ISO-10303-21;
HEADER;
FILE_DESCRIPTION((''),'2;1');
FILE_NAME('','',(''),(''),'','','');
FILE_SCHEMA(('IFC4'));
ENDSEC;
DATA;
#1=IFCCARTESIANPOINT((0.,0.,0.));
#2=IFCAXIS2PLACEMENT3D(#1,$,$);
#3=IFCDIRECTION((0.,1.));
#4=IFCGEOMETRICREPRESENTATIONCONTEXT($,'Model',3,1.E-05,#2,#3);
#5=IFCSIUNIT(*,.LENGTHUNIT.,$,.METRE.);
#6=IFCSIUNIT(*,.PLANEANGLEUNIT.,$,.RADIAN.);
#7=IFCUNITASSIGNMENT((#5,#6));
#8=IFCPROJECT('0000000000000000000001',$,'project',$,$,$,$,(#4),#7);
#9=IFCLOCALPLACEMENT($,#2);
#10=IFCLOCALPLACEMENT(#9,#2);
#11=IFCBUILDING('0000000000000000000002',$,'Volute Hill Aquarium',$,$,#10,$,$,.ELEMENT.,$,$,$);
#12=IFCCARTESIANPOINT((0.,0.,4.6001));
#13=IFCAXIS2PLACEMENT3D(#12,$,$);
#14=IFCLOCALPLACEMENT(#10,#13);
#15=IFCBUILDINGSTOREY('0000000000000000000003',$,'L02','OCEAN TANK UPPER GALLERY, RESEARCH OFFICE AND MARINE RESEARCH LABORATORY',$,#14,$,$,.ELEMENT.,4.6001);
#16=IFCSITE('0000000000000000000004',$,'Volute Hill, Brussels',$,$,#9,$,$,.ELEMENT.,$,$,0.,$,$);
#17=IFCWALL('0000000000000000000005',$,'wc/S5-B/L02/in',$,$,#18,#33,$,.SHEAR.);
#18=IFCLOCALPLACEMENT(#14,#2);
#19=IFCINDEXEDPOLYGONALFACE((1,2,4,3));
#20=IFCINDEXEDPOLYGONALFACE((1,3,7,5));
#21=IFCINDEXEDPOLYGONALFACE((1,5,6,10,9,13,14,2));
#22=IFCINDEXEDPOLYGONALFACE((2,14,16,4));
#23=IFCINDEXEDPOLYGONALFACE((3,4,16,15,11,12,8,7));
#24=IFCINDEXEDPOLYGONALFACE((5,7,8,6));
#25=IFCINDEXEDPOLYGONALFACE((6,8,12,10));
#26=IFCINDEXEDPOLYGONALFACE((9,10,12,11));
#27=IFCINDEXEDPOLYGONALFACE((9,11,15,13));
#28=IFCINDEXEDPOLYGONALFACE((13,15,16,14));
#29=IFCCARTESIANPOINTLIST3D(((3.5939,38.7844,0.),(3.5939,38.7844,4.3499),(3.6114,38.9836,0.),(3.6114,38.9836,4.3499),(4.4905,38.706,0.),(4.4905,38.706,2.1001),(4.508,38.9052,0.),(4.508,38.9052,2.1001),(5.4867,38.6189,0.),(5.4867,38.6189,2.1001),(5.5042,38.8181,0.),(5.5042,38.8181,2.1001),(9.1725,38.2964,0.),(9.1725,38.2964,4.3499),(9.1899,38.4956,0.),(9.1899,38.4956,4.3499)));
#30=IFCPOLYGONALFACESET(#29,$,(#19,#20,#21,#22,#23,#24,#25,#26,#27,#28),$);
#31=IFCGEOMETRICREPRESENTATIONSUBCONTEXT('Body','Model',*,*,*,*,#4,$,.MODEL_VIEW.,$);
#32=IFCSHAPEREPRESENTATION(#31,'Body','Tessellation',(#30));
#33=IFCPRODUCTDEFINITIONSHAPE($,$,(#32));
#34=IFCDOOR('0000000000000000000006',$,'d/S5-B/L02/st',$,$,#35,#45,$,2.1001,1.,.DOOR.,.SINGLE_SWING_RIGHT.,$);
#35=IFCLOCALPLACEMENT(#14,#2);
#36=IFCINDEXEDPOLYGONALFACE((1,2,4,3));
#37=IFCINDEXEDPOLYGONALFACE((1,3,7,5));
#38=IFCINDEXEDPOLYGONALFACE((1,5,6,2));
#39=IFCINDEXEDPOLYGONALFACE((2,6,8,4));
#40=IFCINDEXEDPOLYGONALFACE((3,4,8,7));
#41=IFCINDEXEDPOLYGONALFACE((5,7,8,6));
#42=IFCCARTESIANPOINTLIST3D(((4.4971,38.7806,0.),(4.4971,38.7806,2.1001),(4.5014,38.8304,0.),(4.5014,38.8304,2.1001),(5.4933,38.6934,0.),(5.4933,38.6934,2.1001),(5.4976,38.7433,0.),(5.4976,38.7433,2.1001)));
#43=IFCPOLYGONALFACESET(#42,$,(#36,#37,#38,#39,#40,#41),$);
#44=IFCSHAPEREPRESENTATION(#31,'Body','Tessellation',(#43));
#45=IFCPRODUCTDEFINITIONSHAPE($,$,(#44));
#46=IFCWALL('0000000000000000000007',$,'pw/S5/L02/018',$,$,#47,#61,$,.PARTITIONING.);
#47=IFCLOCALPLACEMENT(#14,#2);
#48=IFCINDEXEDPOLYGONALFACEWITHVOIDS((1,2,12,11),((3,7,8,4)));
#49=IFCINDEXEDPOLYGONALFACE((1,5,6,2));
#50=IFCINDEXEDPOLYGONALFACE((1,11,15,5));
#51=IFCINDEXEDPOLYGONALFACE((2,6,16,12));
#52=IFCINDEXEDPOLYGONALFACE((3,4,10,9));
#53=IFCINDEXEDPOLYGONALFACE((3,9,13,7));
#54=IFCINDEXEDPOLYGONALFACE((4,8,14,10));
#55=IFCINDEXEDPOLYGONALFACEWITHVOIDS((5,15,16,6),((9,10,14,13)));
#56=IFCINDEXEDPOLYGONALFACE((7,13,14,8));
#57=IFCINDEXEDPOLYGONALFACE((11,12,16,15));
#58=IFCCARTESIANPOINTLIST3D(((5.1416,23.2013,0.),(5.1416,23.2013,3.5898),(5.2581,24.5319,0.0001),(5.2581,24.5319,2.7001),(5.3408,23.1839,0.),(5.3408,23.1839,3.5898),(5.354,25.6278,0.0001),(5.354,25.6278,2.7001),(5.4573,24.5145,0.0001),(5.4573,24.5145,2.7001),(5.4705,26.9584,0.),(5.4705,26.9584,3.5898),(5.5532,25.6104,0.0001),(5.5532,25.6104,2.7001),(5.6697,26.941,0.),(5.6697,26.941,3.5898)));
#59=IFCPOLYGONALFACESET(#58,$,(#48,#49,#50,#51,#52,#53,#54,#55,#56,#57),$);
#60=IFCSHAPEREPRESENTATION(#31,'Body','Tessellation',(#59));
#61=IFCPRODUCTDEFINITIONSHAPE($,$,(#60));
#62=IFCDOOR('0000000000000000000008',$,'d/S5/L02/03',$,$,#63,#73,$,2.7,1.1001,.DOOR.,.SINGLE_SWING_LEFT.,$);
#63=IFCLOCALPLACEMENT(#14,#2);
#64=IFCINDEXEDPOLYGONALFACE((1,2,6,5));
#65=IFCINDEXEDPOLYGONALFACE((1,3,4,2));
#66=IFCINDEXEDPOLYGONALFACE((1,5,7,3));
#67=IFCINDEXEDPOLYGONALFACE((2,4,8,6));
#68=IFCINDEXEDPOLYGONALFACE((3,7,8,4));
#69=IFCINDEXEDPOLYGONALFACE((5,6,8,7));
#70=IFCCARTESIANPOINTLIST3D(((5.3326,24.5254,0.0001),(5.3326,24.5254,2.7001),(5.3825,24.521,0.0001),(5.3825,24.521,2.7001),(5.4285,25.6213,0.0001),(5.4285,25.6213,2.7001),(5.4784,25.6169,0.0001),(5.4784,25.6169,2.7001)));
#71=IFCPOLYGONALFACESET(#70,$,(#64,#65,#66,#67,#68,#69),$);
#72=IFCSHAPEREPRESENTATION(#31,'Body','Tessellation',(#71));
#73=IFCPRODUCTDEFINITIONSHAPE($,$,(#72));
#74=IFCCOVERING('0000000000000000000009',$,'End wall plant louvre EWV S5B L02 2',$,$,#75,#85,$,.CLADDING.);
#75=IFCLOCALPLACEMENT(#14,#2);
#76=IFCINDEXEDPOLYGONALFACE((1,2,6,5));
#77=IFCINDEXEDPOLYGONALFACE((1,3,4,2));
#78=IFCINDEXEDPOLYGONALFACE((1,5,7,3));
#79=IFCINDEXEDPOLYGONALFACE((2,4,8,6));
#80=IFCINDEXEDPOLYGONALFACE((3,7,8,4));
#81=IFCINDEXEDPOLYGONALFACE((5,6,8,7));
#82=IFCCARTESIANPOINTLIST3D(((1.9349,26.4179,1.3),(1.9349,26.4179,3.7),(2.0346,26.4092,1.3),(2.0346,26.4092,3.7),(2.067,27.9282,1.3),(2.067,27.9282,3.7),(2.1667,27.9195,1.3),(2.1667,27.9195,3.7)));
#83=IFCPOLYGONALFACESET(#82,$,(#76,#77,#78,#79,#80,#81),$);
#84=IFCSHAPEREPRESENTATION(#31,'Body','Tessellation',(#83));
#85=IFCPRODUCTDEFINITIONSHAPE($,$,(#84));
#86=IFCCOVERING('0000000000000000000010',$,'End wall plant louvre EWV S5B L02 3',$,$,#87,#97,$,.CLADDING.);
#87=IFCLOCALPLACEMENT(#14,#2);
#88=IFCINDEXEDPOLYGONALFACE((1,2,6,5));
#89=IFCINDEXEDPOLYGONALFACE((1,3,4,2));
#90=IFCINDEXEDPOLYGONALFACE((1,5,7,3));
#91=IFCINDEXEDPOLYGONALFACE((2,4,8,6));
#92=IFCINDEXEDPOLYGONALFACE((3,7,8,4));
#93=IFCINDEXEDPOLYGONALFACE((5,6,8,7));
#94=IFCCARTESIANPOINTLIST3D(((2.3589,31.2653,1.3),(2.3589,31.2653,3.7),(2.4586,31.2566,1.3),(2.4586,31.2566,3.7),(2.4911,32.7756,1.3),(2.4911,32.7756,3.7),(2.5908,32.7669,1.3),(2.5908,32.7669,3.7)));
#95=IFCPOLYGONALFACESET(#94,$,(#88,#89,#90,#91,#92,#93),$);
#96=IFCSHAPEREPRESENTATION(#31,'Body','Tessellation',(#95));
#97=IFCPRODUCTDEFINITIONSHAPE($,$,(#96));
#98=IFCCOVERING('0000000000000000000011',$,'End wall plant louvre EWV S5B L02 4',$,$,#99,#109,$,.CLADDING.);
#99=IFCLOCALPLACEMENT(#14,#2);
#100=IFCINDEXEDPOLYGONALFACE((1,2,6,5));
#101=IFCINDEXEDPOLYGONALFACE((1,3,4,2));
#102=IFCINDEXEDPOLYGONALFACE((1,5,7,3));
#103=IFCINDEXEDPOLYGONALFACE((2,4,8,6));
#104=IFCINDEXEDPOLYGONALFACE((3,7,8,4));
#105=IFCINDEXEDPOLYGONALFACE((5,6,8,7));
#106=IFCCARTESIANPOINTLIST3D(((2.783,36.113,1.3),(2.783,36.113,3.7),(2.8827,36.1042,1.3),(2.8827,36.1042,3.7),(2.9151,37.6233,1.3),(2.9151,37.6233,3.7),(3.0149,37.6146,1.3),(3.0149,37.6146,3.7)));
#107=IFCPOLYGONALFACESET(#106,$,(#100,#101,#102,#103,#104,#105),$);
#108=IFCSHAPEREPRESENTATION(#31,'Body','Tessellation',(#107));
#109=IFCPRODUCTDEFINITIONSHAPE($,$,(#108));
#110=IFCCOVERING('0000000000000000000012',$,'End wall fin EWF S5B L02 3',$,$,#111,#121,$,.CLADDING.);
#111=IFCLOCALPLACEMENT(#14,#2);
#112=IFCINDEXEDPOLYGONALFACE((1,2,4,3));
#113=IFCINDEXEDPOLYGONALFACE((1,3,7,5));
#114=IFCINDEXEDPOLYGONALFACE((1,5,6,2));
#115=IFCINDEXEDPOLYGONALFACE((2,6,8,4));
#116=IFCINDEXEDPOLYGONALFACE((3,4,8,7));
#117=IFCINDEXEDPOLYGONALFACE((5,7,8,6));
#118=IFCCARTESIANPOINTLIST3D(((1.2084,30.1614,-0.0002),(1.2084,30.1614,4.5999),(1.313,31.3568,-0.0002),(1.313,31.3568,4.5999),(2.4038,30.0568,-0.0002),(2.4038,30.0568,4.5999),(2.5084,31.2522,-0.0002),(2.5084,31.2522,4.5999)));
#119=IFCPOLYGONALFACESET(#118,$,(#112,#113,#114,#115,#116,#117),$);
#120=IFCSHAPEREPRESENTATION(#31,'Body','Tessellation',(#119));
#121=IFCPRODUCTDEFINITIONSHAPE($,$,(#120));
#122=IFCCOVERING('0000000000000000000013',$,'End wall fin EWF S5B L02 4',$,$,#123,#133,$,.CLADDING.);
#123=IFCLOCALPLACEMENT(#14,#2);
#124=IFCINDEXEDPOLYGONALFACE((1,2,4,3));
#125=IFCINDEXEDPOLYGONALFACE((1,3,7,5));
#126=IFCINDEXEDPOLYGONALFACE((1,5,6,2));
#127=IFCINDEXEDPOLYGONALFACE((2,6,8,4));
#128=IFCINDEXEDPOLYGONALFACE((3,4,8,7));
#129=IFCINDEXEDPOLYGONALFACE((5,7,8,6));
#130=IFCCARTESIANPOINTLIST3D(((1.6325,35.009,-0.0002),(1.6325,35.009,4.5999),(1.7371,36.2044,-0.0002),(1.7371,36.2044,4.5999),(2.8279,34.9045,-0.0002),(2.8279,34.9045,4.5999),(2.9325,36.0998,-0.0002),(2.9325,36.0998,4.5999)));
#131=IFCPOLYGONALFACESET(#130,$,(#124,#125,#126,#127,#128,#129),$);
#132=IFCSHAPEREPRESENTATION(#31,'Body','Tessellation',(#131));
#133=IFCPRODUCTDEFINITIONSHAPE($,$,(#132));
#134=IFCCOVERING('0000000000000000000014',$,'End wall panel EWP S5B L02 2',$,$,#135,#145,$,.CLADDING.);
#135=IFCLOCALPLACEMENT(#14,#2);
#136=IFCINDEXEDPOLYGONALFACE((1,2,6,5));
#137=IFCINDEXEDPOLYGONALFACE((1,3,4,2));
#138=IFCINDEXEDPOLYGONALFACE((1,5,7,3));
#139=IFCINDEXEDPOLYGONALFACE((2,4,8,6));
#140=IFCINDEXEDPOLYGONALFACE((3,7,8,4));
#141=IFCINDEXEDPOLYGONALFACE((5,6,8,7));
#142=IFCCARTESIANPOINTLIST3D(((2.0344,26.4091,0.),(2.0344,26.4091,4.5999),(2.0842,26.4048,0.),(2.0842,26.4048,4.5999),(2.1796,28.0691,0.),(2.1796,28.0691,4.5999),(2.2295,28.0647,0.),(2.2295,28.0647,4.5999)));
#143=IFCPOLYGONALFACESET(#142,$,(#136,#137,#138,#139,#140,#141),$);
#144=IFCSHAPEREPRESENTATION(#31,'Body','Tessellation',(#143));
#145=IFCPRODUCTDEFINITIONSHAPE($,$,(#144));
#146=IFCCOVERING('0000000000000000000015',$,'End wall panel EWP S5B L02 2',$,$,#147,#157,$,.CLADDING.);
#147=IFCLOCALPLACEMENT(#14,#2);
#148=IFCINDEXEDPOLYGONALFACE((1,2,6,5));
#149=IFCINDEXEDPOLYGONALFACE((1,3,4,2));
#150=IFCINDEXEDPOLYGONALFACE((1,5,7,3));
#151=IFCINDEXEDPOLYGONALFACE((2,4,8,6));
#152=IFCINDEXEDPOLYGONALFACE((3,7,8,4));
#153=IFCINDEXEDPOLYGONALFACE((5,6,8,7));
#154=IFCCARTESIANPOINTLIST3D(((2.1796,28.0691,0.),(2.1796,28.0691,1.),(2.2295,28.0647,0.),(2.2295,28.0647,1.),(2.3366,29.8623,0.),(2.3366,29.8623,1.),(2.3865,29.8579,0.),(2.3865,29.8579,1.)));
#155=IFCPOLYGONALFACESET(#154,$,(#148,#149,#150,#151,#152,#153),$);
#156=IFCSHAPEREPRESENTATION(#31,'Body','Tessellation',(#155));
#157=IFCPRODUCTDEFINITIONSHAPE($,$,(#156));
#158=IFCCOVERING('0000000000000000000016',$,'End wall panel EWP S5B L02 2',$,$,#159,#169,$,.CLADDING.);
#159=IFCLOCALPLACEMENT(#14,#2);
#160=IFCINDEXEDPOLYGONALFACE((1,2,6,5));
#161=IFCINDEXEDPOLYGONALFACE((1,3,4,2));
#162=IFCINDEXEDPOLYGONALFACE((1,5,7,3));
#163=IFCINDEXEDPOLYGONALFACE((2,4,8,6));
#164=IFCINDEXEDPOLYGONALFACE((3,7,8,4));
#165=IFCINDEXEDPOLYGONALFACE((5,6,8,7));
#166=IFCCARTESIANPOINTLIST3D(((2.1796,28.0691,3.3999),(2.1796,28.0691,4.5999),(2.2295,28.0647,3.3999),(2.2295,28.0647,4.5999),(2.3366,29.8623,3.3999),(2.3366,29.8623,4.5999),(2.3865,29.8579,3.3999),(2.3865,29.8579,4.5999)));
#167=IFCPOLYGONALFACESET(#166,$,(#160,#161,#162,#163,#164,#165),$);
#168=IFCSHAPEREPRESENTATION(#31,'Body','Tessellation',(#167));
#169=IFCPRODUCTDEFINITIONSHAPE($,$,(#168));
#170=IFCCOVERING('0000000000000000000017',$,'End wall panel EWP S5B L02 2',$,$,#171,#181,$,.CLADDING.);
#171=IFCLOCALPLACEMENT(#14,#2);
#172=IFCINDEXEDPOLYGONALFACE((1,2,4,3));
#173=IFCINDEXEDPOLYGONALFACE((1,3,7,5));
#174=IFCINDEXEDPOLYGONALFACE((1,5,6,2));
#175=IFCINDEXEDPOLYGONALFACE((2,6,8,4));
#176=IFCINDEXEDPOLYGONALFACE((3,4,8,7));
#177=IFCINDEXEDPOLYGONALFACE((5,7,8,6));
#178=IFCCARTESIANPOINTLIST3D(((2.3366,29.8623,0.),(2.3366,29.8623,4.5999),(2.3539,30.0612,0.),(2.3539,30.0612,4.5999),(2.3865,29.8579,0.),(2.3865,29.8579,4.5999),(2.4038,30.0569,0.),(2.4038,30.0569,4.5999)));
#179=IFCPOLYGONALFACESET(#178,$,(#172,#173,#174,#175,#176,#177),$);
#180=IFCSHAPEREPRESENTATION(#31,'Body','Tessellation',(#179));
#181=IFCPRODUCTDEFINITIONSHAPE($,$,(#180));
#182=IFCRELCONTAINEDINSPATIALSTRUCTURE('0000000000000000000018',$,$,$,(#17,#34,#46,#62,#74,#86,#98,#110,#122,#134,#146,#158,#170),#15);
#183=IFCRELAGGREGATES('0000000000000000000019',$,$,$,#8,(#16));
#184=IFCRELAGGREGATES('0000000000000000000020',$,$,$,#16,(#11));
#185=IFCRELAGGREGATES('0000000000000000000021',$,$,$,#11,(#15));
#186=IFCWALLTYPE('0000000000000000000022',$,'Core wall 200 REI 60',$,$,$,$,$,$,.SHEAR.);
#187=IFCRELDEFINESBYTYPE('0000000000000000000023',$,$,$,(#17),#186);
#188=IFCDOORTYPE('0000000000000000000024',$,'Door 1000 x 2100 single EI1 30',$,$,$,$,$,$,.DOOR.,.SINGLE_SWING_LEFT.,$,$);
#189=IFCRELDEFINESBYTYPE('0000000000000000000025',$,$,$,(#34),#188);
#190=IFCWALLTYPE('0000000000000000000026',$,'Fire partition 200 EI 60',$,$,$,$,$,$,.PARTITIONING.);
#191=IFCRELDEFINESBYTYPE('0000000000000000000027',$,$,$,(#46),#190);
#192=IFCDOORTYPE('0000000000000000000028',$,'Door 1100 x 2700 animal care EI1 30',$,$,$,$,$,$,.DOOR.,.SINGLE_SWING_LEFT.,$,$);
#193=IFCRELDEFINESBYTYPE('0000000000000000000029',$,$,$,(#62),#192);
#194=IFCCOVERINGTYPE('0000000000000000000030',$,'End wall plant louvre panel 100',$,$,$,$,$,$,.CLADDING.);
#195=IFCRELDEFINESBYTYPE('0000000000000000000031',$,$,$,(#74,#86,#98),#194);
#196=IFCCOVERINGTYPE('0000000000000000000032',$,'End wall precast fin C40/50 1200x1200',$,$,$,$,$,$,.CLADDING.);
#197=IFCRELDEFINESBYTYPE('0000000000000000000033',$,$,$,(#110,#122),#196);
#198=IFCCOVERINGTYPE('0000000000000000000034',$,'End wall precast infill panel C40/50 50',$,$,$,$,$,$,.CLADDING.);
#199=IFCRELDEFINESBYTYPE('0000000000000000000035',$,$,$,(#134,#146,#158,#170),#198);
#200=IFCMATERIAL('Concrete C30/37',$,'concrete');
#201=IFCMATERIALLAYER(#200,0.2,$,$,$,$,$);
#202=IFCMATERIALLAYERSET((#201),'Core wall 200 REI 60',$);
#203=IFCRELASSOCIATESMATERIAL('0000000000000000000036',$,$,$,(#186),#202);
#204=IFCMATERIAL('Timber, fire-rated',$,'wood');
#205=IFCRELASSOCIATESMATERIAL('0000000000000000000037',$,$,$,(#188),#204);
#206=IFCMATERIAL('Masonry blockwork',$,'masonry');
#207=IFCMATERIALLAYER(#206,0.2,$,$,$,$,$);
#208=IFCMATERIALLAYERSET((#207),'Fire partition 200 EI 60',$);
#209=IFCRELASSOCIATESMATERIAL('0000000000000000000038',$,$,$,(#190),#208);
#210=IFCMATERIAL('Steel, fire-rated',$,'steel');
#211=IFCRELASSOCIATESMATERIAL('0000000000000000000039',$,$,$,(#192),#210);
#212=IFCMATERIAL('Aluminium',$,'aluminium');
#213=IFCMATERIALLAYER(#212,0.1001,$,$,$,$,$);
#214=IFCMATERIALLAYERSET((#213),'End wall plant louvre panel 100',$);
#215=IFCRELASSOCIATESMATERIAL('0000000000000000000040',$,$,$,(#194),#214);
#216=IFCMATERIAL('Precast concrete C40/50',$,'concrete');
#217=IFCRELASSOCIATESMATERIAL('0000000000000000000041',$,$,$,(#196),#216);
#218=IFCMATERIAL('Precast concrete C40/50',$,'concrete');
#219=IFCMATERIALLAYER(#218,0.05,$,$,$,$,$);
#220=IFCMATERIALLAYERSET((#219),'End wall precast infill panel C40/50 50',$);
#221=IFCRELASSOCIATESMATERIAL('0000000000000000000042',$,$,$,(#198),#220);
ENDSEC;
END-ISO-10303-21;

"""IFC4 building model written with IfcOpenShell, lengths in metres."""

from ifc_helpers import new_model, si_unit, direction, frame, frame_2d, origin, origin_2d, place, context, subcontext, project, spatial, polyline, rectangle, outline, extrude, material, layer, layer_set, type_object, element, fill, save


model = new_model("IFC4")

# Units and contexts
model_context = context("Model", 3, precision=1e-05, world=origin(), true_north=direction((0.0, 1.0)))
body_context = subcontext(model_context, "Body", "Model", "MODEL_VIEW")
ifc_project = project(units=[si_unit("LENGTHUNIT", "METRE"), si_unit("PLANEANGLEUNIT", "RADIAN")], contexts=[model_context])

# Site, building, storey
site_placement = place(None, origin())
site = spatial("IfcSite", under=ifc_project, at=site_placement, Name="Volute Hill, Brussels", CompositionType="ELEMENT", RefElevation=0.0)
building_placement = place(site_placement, origin())
building = spatial("IfcBuilding", under=site, at=building_placement, Name="Volute Hill Aquarium", CompositionType="ELEMENT")
storey_placement = place(building_placement, frame((0.0, 0.0, 4.6001)))
storey = spatial("IfcBuildingStorey", under=building, at=storey_placement, Name="L02", Description="OCEAN TANK UPPER GALLERY, RESEARCH OFFICE AND MARINE RESEARCH LABORATORY", CompositionType="ELEMENT", Elevation=4.6001)

# Walls, openings, doors
ifc_material_1 = material(Name="Concrete C30/37", Category="concrete")
ifc_layer_1 = layer(ifc_material_1, 0.2)
ifc_layer_set_1 = layer_set([ifc_layer_1], Name="Core wall 200 REI 60")
wall_type_1 = type_object("IfcWallType", Name="Core wall 200 REI 60", PredefinedType="SHEAR", material=ifc_layer_set_1)
wall_1_placement = place(storey_placement, frame((3.6028, 38.884, 0.0), z_axis=(0.0, 0.0, 1.0), x_axis=(0.996195, -0.087151, 0.0)))
wall_1 = element("IfcWall", 1, at=wall_1_placement, inside=storey, type_object=wall_type_1, Name="wc/S5-B/L02/in", PredefinedType="SHEAR", context=body_context, shape_type="SweptSolid", body=[
    extrude(rectangle(XDim=5.5999, YDim=0.2, at=frame_2d((2.7998, 0.0))), origin(), (0.0, 0.0, 1.0), 4.3499),
])
opening_1_placement = place(wall_1_placement, frame((0.8999, 0.0, 0.0)))
opening_1 = element("IfcOpeningElement", 2, at=opening_1_placement, cuts=wall_1, PredefinedType="OPENING", context=body_context, shape_type="SweptSolid", body=[
    extrude(rectangle(XDim=1.0, YDim=2.1001, at=frame_2d((0.5, 1.05))), frame((0.0, 0.1099, 0.0), z_axis=(0.0, -1.0, 0.0), x_axis=(1.0, 0.0, 0.0)), (0.0, 0.0, 1.0), 0.22),
])
ifc_material_2 = material(Name="Timber, fire-rated", Category="wood")
door_type_1 = type_object("IfcDoorType", Name="Door 1000 x 2100 single EI1 30", OperationType="SINGLE_SWING_LEFT", PredefinedType="DOOR", material=ifc_material_2)
door_1_placement = place(opening_1_placement, origin())
door_1 = element("IfcDoor", 3, at=door_1_placement, inside=storey, type_object=door_type_1, Name="d/S5-B/L02/st", OperationType="SINGLE_SWING_RIGHT", OverallHeight=2.1001, OverallWidth=1.0, PredefinedType="DOOR", context=body_context, shape_type="SweptSolid", body=[
    extrude(rectangle(XDim=1.0, YDim=2.1001, at=frame_2d((0.5, 1.05))), frame((0.0, 0.0249, 0.0), z_axis=(0.0, -1.0, 0.0), x_axis=(1.0, 0.0, 0.0)), (0.0, 0.0, 1.0), 0.05),
])
fill(opening_1, door_1)
ifc_material_3 = material(Name="Masonry blockwork", Category="masonry")
ifc_layer_2 = layer(ifc_material_3, 0.2)
ifc_layer_set_2 = layer_set([ifc_layer_2], Name="Fire partition 200 EI 60")
wall_type_2 = type_object("IfcWallType", Name="Fire partition 200 EI 60", PredefinedType="PARTITIONING", material=ifc_layer_set_2)
wall_2_placement = place(storey_placement, frame((5.5701, 26.9497, 0.0), z_axis=(0.0, 0.0, 1.0), x_axis=(-0.087197, -0.996191, 0.0)))
wall_2 = element("IfcWall", 4, at=wall_2_placement, inside=storey, type_object=wall_type_2, Name="pw/S5/L02/018", PredefinedType="PARTITIONING", context=body_context, shape_type="SweptSolid", body=[
    extrude(rectangle(XDim=3.7715, YDim=0.2, at=frame_2d((1.8857, 0.0))), origin(), (0.0, 0.0, 1.0), 3.5898),
])
opening_2_placement = place(wall_2_placement, frame((1.3357, 0.0, 0.0)))
opening_2 = element("IfcOpeningElement", 5, at=opening_2_placement, cuts=wall_2, PredefinedType="OPENING", context=body_context, shape_type="SweptSolid", body=[
    extrude(rectangle(XDim=1.1001, YDim=2.7, at=frame_2d((0.55, 1.3501))), frame((0.0, 0.1099, 0.0), z_axis=(0.0, -1.0, 0.0), x_axis=(1.0, 0.0, 0.0)), (0.0, 0.0, 1.0), 0.22),
])
ifc_material_4 = material(Name="Steel, fire-rated", Category="steel")
door_type_2 = type_object("IfcDoorType", Name="Door 1100 x 2700 animal care EI1 30", OperationType="SINGLE_SWING_LEFT", PredefinedType="DOOR", material=ifc_material_4)
door_2_placement = place(opening_2_placement, origin())
door_2 = element("IfcDoor", 6, at=door_2_placement, inside=storey, type_object=door_type_2, Name="d/S5/L02/03", OperationType="SINGLE_SWING_LEFT", OverallHeight=2.7, OverallWidth=1.1001, PredefinedType="DOOR", context=body_context, shape_type="SweptSolid", body=[
    extrude(rectangle(XDim=1.1001, YDim=2.7, at=frame_2d((0.55, 1.3501))), frame((0.0, 0.0249, 0.0), z_axis=(0.0, -1.0, 0.0), x_axis=(1.0, 0.0, 0.0)), (0.0, 0.0, 1.0), 0.05),
])
fill(opening_2, door_2)

# Coverings
ifc_material_5 = material(Name="Aluminium", Category="aluminium")
ifc_layer_3 = layer(ifc_material_5, 0.1001)
ifc_layer_set_3 = layer_set([ifc_layer_3], Name="End wall plant louvre panel 100")
covering_type_1 = type_object("IfcCoveringType", Name="End wall plant louvre panel 100", PredefinedType="CLADDING", material=ifc_layer_set_3)
for number, where, z_axis, x_axis, name in (
    (7, (2.0508, 27.1687, 1.3), (0.0, 0.0, 1.0), (0.087153, 0.996195, 0.0), "End wall plant louvre EWV S5B L02 2"),
    (8, (2.4749, 32.0161, 1.3), (0.0, 0.0, 1.0), (0.087153, 0.996195, 0.0), "End wall plant louvre EWV S5B L02 3"),
    (9, (2.8989, 36.8638, 1.3), (0.0, 0.0, 1.0), (0.087153, 0.996195, 0.0), "End wall plant louvre EWV S5B L02 4"),
):
    element("IfcCovering", number, at=place(storey_placement, frame(where, z_axis=z_axis, x_axis=x_axis)), inside=storey, type_object=covering_type_1, Name=name, PredefinedType="CLADDING", context=body_context, shape_type="SweptSolid", body=[
        extrude(rectangle(XDim=1.5161, YDim=0.1001, at=origin_2d()), origin(), (0.0, 0.0, 1.0), 2.3999),
    ])
ifc_material_6 = material(Name="Precast concrete C40/50", Category="concrete")
covering_type_2 = type_object("IfcCoveringType", Name="End wall precast fin C40/50 1200x1200", PredefinedType="CLADDING", material=ifc_material_6)
for number, where, z_axis, x_axis, name in (
    (10, (1.8584, 30.7068, -0.0002), (0.0, 0.0, 1.0), (0.087153, 0.996195, 0.0), "End wall fin EWF S5B L02 3"),
    (11, (2.2825, 35.5544, -0.0002), (0.0, 0.0, 1.0), (0.087153, 0.996195, 0.0), "End wall fin EWF S5B L02 4"),
):
    element("IfcCovering", number, at=place(storey_placement, frame(where, z_axis=z_axis, x_axis=x_axis)), inside=storey, type_object=covering_type_2, Name=name, PredefinedType="CLADDING", context=body_context, shape_type="SweptSolid", body=[
        extrude(rectangle(XDim=1.2, YDim=1.2, at=origin_2d()), origin(), (0.0, 0.0, 1.0), 4.6001),
    ])
ifc_material_7 = material(Name="Precast concrete C40/50", Category="concrete")
ifc_layer_4 = layer(ifc_material_7, 0.05)
ifc_layer_set_4 = layer_set([ifc_layer_4], Name="End wall precast infill panel C40/50 50")
covering_type_3 = type_object("IfcCoveringType", Name="End wall precast infill panel C40/50 50", PredefinedType="CLADDING", material=ifc_layer_set_4)
covering_1_placement = place(storey_placement, frame((2.0842, 26.4048, 0.0), z_axis=(0.996193, -0.08718, 0.0), x_axis=(0.08718, 0.996193, 0.0)))
element("IfcCovering", 12, at=covering_1_placement, inside=storey, type_object=covering_type_3, Name="End wall panel EWP S5B L02 2", PredefinedType="CLADDING", context=body_context, shape_type="SweptSolid", body=[
    extrude(outline(polyline([(0.0, 0.0), (1.6663, 0.0), (1.6663, 4.5999), (0.0, 4.5999), (0.0, 0.0)])), origin(), (0.0, 0.0, -1.0), 0.05),
])
covering_2_placement = place(storey_placement, frame((2.2295, 28.0647, 0.0), z_axis=(0.99619, -0.087209, 0.0), x_axis=(0.087209, 0.99619, 0.0)))
element("IfcCovering", 13, at=covering_2_placement, inside=storey, type_object=covering_type_3, Name="End wall panel EWP S5B L02 2", PredefinedType="CLADDING", context=body_context, shape_type="SweptSolid", body=[
    extrude(outline(polyline([(0.0, 0.0), (1.8001, 0.0), (1.8001, 1.0), (0.0, 1.0), (0.0, 0.0)])), origin(), (0.0, 0.0, -1.0), 0.05),
])
covering_3_placement = place(storey_placement, frame((2.2295, 28.0647, 3.3999), z_axis=(0.99619, -0.087209, 0.0), x_axis=(0.087209, 0.99619, 0.0)))
element("IfcCovering", 14, at=covering_3_placement, inside=storey, type_object=covering_type_3, Name="End wall panel EWP S5B L02 2", PredefinedType="CLADDING", context=body_context, shape_type="SweptSolid", body=[
    extrude(outline(polyline([(0.0, 0.0), (1.8001, 0.0), (1.8001, 1.2), (0.0, 1.2), (0.0, 0.0)])), origin(), (0.0, 0.0, -1.0), 0.05),
])
covering_4_placement = place(storey_placement, frame((2.3865, 29.8579, 0.0), z_axis=(0.996227, -0.086788, 0.0), x_axis=(0.086788, 0.996227, 0.0)))
element("IfcCovering", 15, at=covering_4_placement, inside=storey, type_object=covering_type_3, Name="End wall panel EWP S5B L02 2", PredefinedType="CLADDING", context=body_context, shape_type="SweptSolid", body=[
    extrude(outline(polyline([(0.0, 0.0), (0.1997, 0.0), (0.1997, 4.5999), (0.0, 4.5999), (0.0, 0.0)])), origin(), (0.0, 0.0, -1.0), 0.05),
])

save(model, "model.ifc")
